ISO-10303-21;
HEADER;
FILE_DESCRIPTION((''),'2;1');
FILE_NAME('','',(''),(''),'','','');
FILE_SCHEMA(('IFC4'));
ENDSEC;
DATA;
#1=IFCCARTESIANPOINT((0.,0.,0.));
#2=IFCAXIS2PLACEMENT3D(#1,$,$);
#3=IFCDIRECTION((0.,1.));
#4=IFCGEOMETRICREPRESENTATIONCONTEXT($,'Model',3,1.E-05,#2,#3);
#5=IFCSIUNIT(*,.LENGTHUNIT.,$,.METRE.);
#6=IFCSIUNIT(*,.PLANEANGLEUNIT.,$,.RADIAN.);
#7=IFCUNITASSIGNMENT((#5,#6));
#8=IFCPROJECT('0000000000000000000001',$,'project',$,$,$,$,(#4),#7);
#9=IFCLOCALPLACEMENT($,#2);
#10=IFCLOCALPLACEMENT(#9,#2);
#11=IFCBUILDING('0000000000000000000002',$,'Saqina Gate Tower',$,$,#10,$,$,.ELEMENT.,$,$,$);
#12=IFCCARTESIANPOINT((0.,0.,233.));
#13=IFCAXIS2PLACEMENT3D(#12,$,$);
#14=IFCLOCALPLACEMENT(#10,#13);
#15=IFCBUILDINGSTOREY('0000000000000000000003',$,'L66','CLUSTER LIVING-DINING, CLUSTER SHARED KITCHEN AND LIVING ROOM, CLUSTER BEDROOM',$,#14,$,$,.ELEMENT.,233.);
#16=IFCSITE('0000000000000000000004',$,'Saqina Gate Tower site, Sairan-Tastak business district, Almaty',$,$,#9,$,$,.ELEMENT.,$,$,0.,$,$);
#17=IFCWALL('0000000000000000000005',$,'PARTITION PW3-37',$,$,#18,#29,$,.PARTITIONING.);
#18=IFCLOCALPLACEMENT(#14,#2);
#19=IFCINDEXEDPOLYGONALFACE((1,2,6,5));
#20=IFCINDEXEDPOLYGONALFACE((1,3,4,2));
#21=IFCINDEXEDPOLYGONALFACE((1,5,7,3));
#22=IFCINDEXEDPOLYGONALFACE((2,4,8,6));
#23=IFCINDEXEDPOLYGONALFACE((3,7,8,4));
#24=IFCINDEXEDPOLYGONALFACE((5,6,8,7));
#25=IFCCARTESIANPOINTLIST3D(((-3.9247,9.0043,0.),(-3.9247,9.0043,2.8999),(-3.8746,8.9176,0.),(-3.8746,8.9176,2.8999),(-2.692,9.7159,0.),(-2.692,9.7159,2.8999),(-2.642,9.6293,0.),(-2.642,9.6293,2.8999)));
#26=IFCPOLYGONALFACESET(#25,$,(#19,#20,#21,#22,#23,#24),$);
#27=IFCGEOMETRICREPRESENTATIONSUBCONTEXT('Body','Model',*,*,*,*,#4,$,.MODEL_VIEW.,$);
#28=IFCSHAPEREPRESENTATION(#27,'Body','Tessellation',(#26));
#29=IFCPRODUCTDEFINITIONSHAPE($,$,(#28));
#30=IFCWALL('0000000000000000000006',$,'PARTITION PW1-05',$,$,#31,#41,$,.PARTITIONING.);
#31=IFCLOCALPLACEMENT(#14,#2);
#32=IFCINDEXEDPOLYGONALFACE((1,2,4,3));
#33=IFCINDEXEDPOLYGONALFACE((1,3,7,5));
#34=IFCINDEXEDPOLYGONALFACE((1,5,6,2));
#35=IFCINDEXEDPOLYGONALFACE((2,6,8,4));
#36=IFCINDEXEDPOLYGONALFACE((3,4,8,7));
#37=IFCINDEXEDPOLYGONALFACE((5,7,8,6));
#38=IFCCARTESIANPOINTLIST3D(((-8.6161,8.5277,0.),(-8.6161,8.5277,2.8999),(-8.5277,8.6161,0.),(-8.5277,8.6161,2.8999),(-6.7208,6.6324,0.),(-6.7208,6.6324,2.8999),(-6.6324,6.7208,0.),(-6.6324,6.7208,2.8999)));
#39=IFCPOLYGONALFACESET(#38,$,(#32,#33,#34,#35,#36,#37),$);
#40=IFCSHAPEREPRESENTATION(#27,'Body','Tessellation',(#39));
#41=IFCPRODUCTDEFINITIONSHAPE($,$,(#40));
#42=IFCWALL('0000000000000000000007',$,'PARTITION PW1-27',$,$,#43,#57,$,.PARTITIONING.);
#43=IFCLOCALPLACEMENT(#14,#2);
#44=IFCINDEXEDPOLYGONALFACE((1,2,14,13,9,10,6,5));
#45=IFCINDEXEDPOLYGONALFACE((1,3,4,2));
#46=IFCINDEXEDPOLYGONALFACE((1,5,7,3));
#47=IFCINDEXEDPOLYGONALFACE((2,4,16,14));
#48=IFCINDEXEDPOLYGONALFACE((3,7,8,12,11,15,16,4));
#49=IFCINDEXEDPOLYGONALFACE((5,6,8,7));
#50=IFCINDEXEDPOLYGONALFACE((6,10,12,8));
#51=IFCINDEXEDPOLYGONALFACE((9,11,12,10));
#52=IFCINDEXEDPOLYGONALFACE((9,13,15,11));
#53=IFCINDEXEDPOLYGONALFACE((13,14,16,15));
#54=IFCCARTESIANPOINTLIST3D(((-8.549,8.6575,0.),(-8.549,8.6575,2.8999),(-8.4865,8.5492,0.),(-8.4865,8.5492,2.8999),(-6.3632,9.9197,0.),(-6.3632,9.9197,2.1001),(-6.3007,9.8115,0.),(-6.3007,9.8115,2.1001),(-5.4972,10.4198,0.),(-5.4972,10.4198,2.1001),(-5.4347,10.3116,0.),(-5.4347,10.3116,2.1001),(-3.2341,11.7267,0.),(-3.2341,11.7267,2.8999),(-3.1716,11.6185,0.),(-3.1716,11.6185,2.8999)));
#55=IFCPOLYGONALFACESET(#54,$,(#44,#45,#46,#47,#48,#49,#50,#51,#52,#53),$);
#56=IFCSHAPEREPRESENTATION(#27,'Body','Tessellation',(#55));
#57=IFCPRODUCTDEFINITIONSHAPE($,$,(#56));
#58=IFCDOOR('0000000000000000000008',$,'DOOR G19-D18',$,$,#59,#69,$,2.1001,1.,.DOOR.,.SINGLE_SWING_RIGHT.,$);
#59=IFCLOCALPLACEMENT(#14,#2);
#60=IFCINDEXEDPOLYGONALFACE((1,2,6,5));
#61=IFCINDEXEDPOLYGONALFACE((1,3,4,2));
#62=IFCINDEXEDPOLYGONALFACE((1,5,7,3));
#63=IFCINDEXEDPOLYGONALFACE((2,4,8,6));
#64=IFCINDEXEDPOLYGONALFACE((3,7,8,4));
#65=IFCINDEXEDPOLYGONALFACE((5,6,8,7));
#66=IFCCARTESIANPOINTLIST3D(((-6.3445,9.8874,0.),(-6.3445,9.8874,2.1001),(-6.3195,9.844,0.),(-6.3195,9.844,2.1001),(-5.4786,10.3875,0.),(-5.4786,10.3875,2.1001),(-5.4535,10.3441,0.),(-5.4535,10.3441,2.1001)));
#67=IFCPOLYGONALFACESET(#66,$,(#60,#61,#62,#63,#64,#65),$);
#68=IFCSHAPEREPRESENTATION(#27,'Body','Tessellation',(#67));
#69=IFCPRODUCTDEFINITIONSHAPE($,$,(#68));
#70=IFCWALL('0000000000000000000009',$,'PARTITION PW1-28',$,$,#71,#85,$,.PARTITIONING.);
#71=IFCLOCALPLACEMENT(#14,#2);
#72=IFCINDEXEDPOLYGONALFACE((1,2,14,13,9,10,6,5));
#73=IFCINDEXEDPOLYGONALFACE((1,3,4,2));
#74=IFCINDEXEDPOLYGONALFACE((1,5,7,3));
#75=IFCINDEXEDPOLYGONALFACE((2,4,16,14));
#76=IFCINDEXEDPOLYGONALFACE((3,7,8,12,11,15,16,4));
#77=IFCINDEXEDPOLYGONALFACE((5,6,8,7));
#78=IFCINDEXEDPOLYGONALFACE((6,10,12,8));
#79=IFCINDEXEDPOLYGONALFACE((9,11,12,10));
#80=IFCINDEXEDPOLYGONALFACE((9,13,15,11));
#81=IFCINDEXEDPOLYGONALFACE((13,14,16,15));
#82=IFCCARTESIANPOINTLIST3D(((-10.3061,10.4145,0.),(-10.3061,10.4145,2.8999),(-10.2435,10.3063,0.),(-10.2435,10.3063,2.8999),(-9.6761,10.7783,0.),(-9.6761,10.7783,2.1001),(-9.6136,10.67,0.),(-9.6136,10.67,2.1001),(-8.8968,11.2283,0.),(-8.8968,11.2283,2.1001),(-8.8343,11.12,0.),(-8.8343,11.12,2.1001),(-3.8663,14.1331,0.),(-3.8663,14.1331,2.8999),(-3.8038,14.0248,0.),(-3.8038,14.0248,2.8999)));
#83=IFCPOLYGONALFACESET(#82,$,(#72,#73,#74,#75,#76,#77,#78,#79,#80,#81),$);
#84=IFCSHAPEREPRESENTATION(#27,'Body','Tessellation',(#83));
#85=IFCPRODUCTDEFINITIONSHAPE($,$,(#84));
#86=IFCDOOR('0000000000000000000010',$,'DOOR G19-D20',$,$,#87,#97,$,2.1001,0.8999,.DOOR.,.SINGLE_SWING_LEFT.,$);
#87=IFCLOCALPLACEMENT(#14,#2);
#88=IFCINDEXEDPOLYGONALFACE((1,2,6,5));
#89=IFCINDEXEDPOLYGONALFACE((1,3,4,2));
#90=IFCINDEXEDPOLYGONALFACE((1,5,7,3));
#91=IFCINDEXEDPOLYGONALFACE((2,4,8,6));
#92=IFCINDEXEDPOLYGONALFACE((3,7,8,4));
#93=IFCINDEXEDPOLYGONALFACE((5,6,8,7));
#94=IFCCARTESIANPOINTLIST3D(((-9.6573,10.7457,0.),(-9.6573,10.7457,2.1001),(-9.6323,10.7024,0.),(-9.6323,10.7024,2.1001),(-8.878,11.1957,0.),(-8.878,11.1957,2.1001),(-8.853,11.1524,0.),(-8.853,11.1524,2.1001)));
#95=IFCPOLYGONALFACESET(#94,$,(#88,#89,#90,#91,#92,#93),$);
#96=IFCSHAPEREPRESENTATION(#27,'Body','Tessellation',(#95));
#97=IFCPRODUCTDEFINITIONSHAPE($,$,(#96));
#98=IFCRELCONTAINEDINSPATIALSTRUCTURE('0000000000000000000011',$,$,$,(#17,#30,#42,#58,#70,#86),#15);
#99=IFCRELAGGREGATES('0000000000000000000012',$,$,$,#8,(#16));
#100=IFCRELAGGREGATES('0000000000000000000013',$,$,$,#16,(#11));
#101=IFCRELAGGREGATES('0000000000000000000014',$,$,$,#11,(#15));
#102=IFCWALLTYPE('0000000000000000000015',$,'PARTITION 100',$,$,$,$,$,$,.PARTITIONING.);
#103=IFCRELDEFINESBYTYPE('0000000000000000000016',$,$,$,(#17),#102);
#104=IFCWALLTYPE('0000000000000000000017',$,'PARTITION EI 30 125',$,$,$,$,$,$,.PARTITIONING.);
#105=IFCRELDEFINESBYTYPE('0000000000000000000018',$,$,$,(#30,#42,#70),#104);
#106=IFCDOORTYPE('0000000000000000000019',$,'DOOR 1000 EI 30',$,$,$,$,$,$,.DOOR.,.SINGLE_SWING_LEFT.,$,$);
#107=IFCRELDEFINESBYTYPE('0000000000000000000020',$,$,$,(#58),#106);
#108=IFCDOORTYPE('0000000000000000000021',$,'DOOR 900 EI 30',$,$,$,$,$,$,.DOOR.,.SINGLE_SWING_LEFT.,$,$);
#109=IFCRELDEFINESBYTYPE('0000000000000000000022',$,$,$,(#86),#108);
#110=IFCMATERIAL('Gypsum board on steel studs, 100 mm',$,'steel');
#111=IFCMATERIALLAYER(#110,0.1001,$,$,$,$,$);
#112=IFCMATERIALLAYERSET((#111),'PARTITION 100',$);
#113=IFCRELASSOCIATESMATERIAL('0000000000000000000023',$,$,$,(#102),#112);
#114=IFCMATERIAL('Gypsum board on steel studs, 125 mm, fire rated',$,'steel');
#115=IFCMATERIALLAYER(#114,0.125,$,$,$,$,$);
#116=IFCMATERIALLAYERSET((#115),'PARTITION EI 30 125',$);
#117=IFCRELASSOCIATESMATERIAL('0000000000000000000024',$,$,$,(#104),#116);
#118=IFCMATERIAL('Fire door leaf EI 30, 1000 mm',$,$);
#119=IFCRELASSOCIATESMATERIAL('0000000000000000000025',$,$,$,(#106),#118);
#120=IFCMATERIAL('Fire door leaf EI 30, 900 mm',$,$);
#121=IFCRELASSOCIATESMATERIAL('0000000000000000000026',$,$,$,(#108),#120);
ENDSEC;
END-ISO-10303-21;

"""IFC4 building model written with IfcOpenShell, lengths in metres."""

from ifc_helpers import new_model, si_unit, direction, frame, frame_2d, origin, place, context, subcontext, project, spatial, rectangle, extrude, material, layer, layer_set, type_object, element, fill, save


model = new_model("IFC4")

# Units and contexts
model_context = context("Model", 3, precision=1e-05, world=origin(), true_north=direction((0.0, 1.0)))
body_context = subcontext(model_context, "Body", "Model", "MODEL_VIEW")
ifc_project = project(units=[si_unit("LENGTHUNIT", "METRE"), si_unit("PLANEANGLEUNIT", "RADIAN")], contexts=[model_context])

# Site, building, storey
site_placement = place(None, origin())
site = spatial("IfcSite", under=ifc_project, at=site_placement, Name="Saqina Gate Tower site, Sairan-Tastak business district, Almaty", CompositionType="ELEMENT", RefElevation=0.0)
building_placement = place(site_placement, origin())
building = spatial("IfcBuilding", under=site, at=building_placement, Name="Saqina Gate Tower", CompositionType="ELEMENT")
storey_placement = place(building_placement, frame((0.0, 0.0, 233.0)))
storey = spatial("IfcBuildingStorey", under=building, at=storey_placement, Name="L66", Description="CLUSTER LIVING-DINING, CLUSTER SHARED KITCHEN AND LIVING ROOM, CLUSTER BEDROOM", CompositionType="ELEMENT", Elevation=233.0)

# Shared definitions
ifc_material_1 = material(Name="Gypsum board on steel studs, 100 mm", Category="steel")
ifc_layer_1 = layer(ifc_material_1, 0.1001)
ifc_layer_set_1 = layer_set([ifc_layer_1], Name="PARTITION 100")
wall_type_1 = type_object("IfcWallType", Name="PARTITION 100", PredefinedType="PARTITIONING", material=ifc_layer_set_1)

# Walls
wall_1_placement = place(storey_placement, frame((-3.8997, 8.9609, 0.0), z_axis=(0.0, 0.0, 1.0), x_axis=(0.866028, 0.499995, 0.0)))
element("IfcWall", 1, at=wall_1_placement, inside=storey, type_object=wall_type_1, Name="PARTITION PW3-37", PredefinedType="PARTITIONING", context=body_context, shape_type="SweptSolid", body=[
    extrude(rectangle(XDim=1.4233, YDim=0.1001, at=frame_2d((0.7117, 0.0))), origin(), (0.0, 0.0, 1.0), 2.8999),
])
ifc_material_2 = material(Name="Gypsum board on steel studs, 125 mm, fire rated", Category="steel")
ifc_layer_2 = layer(ifc_material_2, 0.125)
ifc_layer_set_2 = layer_set([ifc_layer_2], Name="PARTITION EI 30 125")
wall_type_2 = type_object("IfcWallType", Name="PARTITION EI 30 125", PredefinedType="PARTITIONING", material=ifc_layer_set_2)
wall_2_placement = place(storey_placement, frame((-8.572, 8.572, 0.0), z_axis=(0.0, 0.0, 1.0), x_axis=(0.707107, -0.707107, 0.0)))
element("IfcWall", 2, at=wall_2_placement, inside=storey, type_object=wall_type_2, Name="PARTITION PW1-05", PredefinedType="PARTITIONING", context=body_context, shape_type="SweptSolid", body=[
    extrude(rectangle(XDim=2.6804, YDim=0.125, at=frame_2d((1.3403, 0.0))), origin(), (0.0, 0.0, 1.0), 2.8999),
])

# Walls, openings, doors
wall_3_placement = place(storey_placement, frame((-8.5178, 8.6033, 0.0), z_axis=(0.0, 0.0, 1.0), x_axis=(0.865972, 0.500092, 0.0)))
wall_3 = element("IfcWall", 3, at=wall_3_placement, inside=storey, type_object=wall_type_2, Name="PARTITION PW1-27", PredefinedType="PARTITIONING", context=body_context, shape_type="SweptSolid", body=[
    extrude(rectangle(XDim=6.1375, YDim=0.125, at=frame_2d((3.0688, 0.0))), origin(), (0.0, 0.0, 1.0), 2.8999),
])
opening_1_placement = place(wall_3_placement, frame((2.5242, 0.0, 0.0)))
opening_1 = element("IfcOpeningElement", 4, at=opening_1_placement, cuts=wall_3, PredefinedType="OPENING", context=body_context, shape_type="SweptSolid", body=[
    extrude(rectangle(XDim=1.0, YDim=2.1001, at=frame_2d((0.5, 1.05))), frame((0.0, 0.0745, 0.0), z_axis=(0.0, -1.0, 0.0), x_axis=(1.0, 0.0, 0.0)), (0.0, 0.0, 1.0), 0.1489),
])
ifc_material_3 = material(Name="Fire door leaf EI 30, 1000 mm")
door_type_1 = type_object("IfcDoorType", Name="DOOR 1000 EI 30", OperationType="SINGLE_SWING_LEFT", PredefinedType="DOOR", material=ifc_material_3)
door_1_placement = place(opening_1_placement, frame((1.0, 0.0, 0.0), z_axis=(0.0, 0.0, 1.0), x_axis=(-1.0, 0.0, 0.0)))
door_1 = element("IfcDoor", 5, at=door_1_placement, inside=storey, type_object=door_type_1, Name="DOOR G19-D18", OperationType="SINGLE_SWING_RIGHT", OverallHeight=2.1001, OverallWidth=1.0, PredefinedType="DOOR", context=body_context, shape_type="SweptSolid", body=[
    extrude(rectangle(XDim=1.0, YDim=2.1001, at=frame_2d((0.5, 1.05))), frame((0.0, 0.0249, 0.0), z_axis=(0.0, -1.0, 0.0), x_axis=(1.0, 0.0, 0.0)), (0.0, 0.0, 1.0), 0.05),
])
fill(opening_1, door_1)
wall_4_placement = place(storey_placement, frame((-10.2749, 10.3604, 0.0), z_axis=(0.0, 0.0, 1.0), x_axis=(0.865994, 0.500055, 0.0)))
wall_4 = element("IfcWall", 6, at=wall_4_placement, inside=storey, type_object=wall_type_2, Name="PARTITION PW1-28", PredefinedType="PARTITIONING", context=body_context, shape_type="SweptSolid", body=[
    extrude(rectangle(XDim=7.4363, YDim=0.125, at=frame_2d((3.7183, 0.0))), origin(), (0.0, 0.0, 1.0), 2.8999),
])
opening_2_placement = place(wall_4_placement, frame((0.7275, 0.0, 0.0)))
opening_2 = element("IfcOpeningElement", 7, at=opening_2_placement, cuts=wall_4, PredefinedType="OPENING", context=body_context, shape_type="SweptSolid", body=[
    extrude(rectangle(XDim=0.8999, YDim=2.1001, at=frame_2d((0.45, 1.05))), frame((0.0, 0.0745, 0.0), z_axis=(0.0, -1.0, 0.0), x_axis=(1.0, 0.0, 0.0)), (0.0, 0.0, 1.0), 0.1489),
])
ifc_material_4 = material(Name="Fire door leaf EI 30, 900 mm")
door_type_2 = type_object("IfcDoorType", Name="DOOR 900 EI 30", OperationType="SINGLE_SWING_LEFT", PredefinedType="DOOR", material=ifc_material_4)
door_2_placement = place(opening_2_placement, origin())
door_2 = element("IfcDoor", 8, at=door_2_placement, inside=storey, type_object=door_type_2, Name="DOOR G19-D20", OperationType="SINGLE_SWING_LEFT", OverallHeight=2.1001, OverallWidth=0.8999, PredefinedType="DOOR", context=body_context, shape_type="SweptSolid", body=[
    extrude(rectangle(XDim=0.8999, YDim=2.1001, at=frame_2d((0.45, 1.05))), frame((0.0, 0.0249, 0.0), z_axis=(0.0, -1.0, 0.0), x_axis=(1.0, 0.0, 0.0)), (0.0, 0.0, 1.0), 0.05),
])
fill(opening_2, door_2)

save(model, "model.ifc")
